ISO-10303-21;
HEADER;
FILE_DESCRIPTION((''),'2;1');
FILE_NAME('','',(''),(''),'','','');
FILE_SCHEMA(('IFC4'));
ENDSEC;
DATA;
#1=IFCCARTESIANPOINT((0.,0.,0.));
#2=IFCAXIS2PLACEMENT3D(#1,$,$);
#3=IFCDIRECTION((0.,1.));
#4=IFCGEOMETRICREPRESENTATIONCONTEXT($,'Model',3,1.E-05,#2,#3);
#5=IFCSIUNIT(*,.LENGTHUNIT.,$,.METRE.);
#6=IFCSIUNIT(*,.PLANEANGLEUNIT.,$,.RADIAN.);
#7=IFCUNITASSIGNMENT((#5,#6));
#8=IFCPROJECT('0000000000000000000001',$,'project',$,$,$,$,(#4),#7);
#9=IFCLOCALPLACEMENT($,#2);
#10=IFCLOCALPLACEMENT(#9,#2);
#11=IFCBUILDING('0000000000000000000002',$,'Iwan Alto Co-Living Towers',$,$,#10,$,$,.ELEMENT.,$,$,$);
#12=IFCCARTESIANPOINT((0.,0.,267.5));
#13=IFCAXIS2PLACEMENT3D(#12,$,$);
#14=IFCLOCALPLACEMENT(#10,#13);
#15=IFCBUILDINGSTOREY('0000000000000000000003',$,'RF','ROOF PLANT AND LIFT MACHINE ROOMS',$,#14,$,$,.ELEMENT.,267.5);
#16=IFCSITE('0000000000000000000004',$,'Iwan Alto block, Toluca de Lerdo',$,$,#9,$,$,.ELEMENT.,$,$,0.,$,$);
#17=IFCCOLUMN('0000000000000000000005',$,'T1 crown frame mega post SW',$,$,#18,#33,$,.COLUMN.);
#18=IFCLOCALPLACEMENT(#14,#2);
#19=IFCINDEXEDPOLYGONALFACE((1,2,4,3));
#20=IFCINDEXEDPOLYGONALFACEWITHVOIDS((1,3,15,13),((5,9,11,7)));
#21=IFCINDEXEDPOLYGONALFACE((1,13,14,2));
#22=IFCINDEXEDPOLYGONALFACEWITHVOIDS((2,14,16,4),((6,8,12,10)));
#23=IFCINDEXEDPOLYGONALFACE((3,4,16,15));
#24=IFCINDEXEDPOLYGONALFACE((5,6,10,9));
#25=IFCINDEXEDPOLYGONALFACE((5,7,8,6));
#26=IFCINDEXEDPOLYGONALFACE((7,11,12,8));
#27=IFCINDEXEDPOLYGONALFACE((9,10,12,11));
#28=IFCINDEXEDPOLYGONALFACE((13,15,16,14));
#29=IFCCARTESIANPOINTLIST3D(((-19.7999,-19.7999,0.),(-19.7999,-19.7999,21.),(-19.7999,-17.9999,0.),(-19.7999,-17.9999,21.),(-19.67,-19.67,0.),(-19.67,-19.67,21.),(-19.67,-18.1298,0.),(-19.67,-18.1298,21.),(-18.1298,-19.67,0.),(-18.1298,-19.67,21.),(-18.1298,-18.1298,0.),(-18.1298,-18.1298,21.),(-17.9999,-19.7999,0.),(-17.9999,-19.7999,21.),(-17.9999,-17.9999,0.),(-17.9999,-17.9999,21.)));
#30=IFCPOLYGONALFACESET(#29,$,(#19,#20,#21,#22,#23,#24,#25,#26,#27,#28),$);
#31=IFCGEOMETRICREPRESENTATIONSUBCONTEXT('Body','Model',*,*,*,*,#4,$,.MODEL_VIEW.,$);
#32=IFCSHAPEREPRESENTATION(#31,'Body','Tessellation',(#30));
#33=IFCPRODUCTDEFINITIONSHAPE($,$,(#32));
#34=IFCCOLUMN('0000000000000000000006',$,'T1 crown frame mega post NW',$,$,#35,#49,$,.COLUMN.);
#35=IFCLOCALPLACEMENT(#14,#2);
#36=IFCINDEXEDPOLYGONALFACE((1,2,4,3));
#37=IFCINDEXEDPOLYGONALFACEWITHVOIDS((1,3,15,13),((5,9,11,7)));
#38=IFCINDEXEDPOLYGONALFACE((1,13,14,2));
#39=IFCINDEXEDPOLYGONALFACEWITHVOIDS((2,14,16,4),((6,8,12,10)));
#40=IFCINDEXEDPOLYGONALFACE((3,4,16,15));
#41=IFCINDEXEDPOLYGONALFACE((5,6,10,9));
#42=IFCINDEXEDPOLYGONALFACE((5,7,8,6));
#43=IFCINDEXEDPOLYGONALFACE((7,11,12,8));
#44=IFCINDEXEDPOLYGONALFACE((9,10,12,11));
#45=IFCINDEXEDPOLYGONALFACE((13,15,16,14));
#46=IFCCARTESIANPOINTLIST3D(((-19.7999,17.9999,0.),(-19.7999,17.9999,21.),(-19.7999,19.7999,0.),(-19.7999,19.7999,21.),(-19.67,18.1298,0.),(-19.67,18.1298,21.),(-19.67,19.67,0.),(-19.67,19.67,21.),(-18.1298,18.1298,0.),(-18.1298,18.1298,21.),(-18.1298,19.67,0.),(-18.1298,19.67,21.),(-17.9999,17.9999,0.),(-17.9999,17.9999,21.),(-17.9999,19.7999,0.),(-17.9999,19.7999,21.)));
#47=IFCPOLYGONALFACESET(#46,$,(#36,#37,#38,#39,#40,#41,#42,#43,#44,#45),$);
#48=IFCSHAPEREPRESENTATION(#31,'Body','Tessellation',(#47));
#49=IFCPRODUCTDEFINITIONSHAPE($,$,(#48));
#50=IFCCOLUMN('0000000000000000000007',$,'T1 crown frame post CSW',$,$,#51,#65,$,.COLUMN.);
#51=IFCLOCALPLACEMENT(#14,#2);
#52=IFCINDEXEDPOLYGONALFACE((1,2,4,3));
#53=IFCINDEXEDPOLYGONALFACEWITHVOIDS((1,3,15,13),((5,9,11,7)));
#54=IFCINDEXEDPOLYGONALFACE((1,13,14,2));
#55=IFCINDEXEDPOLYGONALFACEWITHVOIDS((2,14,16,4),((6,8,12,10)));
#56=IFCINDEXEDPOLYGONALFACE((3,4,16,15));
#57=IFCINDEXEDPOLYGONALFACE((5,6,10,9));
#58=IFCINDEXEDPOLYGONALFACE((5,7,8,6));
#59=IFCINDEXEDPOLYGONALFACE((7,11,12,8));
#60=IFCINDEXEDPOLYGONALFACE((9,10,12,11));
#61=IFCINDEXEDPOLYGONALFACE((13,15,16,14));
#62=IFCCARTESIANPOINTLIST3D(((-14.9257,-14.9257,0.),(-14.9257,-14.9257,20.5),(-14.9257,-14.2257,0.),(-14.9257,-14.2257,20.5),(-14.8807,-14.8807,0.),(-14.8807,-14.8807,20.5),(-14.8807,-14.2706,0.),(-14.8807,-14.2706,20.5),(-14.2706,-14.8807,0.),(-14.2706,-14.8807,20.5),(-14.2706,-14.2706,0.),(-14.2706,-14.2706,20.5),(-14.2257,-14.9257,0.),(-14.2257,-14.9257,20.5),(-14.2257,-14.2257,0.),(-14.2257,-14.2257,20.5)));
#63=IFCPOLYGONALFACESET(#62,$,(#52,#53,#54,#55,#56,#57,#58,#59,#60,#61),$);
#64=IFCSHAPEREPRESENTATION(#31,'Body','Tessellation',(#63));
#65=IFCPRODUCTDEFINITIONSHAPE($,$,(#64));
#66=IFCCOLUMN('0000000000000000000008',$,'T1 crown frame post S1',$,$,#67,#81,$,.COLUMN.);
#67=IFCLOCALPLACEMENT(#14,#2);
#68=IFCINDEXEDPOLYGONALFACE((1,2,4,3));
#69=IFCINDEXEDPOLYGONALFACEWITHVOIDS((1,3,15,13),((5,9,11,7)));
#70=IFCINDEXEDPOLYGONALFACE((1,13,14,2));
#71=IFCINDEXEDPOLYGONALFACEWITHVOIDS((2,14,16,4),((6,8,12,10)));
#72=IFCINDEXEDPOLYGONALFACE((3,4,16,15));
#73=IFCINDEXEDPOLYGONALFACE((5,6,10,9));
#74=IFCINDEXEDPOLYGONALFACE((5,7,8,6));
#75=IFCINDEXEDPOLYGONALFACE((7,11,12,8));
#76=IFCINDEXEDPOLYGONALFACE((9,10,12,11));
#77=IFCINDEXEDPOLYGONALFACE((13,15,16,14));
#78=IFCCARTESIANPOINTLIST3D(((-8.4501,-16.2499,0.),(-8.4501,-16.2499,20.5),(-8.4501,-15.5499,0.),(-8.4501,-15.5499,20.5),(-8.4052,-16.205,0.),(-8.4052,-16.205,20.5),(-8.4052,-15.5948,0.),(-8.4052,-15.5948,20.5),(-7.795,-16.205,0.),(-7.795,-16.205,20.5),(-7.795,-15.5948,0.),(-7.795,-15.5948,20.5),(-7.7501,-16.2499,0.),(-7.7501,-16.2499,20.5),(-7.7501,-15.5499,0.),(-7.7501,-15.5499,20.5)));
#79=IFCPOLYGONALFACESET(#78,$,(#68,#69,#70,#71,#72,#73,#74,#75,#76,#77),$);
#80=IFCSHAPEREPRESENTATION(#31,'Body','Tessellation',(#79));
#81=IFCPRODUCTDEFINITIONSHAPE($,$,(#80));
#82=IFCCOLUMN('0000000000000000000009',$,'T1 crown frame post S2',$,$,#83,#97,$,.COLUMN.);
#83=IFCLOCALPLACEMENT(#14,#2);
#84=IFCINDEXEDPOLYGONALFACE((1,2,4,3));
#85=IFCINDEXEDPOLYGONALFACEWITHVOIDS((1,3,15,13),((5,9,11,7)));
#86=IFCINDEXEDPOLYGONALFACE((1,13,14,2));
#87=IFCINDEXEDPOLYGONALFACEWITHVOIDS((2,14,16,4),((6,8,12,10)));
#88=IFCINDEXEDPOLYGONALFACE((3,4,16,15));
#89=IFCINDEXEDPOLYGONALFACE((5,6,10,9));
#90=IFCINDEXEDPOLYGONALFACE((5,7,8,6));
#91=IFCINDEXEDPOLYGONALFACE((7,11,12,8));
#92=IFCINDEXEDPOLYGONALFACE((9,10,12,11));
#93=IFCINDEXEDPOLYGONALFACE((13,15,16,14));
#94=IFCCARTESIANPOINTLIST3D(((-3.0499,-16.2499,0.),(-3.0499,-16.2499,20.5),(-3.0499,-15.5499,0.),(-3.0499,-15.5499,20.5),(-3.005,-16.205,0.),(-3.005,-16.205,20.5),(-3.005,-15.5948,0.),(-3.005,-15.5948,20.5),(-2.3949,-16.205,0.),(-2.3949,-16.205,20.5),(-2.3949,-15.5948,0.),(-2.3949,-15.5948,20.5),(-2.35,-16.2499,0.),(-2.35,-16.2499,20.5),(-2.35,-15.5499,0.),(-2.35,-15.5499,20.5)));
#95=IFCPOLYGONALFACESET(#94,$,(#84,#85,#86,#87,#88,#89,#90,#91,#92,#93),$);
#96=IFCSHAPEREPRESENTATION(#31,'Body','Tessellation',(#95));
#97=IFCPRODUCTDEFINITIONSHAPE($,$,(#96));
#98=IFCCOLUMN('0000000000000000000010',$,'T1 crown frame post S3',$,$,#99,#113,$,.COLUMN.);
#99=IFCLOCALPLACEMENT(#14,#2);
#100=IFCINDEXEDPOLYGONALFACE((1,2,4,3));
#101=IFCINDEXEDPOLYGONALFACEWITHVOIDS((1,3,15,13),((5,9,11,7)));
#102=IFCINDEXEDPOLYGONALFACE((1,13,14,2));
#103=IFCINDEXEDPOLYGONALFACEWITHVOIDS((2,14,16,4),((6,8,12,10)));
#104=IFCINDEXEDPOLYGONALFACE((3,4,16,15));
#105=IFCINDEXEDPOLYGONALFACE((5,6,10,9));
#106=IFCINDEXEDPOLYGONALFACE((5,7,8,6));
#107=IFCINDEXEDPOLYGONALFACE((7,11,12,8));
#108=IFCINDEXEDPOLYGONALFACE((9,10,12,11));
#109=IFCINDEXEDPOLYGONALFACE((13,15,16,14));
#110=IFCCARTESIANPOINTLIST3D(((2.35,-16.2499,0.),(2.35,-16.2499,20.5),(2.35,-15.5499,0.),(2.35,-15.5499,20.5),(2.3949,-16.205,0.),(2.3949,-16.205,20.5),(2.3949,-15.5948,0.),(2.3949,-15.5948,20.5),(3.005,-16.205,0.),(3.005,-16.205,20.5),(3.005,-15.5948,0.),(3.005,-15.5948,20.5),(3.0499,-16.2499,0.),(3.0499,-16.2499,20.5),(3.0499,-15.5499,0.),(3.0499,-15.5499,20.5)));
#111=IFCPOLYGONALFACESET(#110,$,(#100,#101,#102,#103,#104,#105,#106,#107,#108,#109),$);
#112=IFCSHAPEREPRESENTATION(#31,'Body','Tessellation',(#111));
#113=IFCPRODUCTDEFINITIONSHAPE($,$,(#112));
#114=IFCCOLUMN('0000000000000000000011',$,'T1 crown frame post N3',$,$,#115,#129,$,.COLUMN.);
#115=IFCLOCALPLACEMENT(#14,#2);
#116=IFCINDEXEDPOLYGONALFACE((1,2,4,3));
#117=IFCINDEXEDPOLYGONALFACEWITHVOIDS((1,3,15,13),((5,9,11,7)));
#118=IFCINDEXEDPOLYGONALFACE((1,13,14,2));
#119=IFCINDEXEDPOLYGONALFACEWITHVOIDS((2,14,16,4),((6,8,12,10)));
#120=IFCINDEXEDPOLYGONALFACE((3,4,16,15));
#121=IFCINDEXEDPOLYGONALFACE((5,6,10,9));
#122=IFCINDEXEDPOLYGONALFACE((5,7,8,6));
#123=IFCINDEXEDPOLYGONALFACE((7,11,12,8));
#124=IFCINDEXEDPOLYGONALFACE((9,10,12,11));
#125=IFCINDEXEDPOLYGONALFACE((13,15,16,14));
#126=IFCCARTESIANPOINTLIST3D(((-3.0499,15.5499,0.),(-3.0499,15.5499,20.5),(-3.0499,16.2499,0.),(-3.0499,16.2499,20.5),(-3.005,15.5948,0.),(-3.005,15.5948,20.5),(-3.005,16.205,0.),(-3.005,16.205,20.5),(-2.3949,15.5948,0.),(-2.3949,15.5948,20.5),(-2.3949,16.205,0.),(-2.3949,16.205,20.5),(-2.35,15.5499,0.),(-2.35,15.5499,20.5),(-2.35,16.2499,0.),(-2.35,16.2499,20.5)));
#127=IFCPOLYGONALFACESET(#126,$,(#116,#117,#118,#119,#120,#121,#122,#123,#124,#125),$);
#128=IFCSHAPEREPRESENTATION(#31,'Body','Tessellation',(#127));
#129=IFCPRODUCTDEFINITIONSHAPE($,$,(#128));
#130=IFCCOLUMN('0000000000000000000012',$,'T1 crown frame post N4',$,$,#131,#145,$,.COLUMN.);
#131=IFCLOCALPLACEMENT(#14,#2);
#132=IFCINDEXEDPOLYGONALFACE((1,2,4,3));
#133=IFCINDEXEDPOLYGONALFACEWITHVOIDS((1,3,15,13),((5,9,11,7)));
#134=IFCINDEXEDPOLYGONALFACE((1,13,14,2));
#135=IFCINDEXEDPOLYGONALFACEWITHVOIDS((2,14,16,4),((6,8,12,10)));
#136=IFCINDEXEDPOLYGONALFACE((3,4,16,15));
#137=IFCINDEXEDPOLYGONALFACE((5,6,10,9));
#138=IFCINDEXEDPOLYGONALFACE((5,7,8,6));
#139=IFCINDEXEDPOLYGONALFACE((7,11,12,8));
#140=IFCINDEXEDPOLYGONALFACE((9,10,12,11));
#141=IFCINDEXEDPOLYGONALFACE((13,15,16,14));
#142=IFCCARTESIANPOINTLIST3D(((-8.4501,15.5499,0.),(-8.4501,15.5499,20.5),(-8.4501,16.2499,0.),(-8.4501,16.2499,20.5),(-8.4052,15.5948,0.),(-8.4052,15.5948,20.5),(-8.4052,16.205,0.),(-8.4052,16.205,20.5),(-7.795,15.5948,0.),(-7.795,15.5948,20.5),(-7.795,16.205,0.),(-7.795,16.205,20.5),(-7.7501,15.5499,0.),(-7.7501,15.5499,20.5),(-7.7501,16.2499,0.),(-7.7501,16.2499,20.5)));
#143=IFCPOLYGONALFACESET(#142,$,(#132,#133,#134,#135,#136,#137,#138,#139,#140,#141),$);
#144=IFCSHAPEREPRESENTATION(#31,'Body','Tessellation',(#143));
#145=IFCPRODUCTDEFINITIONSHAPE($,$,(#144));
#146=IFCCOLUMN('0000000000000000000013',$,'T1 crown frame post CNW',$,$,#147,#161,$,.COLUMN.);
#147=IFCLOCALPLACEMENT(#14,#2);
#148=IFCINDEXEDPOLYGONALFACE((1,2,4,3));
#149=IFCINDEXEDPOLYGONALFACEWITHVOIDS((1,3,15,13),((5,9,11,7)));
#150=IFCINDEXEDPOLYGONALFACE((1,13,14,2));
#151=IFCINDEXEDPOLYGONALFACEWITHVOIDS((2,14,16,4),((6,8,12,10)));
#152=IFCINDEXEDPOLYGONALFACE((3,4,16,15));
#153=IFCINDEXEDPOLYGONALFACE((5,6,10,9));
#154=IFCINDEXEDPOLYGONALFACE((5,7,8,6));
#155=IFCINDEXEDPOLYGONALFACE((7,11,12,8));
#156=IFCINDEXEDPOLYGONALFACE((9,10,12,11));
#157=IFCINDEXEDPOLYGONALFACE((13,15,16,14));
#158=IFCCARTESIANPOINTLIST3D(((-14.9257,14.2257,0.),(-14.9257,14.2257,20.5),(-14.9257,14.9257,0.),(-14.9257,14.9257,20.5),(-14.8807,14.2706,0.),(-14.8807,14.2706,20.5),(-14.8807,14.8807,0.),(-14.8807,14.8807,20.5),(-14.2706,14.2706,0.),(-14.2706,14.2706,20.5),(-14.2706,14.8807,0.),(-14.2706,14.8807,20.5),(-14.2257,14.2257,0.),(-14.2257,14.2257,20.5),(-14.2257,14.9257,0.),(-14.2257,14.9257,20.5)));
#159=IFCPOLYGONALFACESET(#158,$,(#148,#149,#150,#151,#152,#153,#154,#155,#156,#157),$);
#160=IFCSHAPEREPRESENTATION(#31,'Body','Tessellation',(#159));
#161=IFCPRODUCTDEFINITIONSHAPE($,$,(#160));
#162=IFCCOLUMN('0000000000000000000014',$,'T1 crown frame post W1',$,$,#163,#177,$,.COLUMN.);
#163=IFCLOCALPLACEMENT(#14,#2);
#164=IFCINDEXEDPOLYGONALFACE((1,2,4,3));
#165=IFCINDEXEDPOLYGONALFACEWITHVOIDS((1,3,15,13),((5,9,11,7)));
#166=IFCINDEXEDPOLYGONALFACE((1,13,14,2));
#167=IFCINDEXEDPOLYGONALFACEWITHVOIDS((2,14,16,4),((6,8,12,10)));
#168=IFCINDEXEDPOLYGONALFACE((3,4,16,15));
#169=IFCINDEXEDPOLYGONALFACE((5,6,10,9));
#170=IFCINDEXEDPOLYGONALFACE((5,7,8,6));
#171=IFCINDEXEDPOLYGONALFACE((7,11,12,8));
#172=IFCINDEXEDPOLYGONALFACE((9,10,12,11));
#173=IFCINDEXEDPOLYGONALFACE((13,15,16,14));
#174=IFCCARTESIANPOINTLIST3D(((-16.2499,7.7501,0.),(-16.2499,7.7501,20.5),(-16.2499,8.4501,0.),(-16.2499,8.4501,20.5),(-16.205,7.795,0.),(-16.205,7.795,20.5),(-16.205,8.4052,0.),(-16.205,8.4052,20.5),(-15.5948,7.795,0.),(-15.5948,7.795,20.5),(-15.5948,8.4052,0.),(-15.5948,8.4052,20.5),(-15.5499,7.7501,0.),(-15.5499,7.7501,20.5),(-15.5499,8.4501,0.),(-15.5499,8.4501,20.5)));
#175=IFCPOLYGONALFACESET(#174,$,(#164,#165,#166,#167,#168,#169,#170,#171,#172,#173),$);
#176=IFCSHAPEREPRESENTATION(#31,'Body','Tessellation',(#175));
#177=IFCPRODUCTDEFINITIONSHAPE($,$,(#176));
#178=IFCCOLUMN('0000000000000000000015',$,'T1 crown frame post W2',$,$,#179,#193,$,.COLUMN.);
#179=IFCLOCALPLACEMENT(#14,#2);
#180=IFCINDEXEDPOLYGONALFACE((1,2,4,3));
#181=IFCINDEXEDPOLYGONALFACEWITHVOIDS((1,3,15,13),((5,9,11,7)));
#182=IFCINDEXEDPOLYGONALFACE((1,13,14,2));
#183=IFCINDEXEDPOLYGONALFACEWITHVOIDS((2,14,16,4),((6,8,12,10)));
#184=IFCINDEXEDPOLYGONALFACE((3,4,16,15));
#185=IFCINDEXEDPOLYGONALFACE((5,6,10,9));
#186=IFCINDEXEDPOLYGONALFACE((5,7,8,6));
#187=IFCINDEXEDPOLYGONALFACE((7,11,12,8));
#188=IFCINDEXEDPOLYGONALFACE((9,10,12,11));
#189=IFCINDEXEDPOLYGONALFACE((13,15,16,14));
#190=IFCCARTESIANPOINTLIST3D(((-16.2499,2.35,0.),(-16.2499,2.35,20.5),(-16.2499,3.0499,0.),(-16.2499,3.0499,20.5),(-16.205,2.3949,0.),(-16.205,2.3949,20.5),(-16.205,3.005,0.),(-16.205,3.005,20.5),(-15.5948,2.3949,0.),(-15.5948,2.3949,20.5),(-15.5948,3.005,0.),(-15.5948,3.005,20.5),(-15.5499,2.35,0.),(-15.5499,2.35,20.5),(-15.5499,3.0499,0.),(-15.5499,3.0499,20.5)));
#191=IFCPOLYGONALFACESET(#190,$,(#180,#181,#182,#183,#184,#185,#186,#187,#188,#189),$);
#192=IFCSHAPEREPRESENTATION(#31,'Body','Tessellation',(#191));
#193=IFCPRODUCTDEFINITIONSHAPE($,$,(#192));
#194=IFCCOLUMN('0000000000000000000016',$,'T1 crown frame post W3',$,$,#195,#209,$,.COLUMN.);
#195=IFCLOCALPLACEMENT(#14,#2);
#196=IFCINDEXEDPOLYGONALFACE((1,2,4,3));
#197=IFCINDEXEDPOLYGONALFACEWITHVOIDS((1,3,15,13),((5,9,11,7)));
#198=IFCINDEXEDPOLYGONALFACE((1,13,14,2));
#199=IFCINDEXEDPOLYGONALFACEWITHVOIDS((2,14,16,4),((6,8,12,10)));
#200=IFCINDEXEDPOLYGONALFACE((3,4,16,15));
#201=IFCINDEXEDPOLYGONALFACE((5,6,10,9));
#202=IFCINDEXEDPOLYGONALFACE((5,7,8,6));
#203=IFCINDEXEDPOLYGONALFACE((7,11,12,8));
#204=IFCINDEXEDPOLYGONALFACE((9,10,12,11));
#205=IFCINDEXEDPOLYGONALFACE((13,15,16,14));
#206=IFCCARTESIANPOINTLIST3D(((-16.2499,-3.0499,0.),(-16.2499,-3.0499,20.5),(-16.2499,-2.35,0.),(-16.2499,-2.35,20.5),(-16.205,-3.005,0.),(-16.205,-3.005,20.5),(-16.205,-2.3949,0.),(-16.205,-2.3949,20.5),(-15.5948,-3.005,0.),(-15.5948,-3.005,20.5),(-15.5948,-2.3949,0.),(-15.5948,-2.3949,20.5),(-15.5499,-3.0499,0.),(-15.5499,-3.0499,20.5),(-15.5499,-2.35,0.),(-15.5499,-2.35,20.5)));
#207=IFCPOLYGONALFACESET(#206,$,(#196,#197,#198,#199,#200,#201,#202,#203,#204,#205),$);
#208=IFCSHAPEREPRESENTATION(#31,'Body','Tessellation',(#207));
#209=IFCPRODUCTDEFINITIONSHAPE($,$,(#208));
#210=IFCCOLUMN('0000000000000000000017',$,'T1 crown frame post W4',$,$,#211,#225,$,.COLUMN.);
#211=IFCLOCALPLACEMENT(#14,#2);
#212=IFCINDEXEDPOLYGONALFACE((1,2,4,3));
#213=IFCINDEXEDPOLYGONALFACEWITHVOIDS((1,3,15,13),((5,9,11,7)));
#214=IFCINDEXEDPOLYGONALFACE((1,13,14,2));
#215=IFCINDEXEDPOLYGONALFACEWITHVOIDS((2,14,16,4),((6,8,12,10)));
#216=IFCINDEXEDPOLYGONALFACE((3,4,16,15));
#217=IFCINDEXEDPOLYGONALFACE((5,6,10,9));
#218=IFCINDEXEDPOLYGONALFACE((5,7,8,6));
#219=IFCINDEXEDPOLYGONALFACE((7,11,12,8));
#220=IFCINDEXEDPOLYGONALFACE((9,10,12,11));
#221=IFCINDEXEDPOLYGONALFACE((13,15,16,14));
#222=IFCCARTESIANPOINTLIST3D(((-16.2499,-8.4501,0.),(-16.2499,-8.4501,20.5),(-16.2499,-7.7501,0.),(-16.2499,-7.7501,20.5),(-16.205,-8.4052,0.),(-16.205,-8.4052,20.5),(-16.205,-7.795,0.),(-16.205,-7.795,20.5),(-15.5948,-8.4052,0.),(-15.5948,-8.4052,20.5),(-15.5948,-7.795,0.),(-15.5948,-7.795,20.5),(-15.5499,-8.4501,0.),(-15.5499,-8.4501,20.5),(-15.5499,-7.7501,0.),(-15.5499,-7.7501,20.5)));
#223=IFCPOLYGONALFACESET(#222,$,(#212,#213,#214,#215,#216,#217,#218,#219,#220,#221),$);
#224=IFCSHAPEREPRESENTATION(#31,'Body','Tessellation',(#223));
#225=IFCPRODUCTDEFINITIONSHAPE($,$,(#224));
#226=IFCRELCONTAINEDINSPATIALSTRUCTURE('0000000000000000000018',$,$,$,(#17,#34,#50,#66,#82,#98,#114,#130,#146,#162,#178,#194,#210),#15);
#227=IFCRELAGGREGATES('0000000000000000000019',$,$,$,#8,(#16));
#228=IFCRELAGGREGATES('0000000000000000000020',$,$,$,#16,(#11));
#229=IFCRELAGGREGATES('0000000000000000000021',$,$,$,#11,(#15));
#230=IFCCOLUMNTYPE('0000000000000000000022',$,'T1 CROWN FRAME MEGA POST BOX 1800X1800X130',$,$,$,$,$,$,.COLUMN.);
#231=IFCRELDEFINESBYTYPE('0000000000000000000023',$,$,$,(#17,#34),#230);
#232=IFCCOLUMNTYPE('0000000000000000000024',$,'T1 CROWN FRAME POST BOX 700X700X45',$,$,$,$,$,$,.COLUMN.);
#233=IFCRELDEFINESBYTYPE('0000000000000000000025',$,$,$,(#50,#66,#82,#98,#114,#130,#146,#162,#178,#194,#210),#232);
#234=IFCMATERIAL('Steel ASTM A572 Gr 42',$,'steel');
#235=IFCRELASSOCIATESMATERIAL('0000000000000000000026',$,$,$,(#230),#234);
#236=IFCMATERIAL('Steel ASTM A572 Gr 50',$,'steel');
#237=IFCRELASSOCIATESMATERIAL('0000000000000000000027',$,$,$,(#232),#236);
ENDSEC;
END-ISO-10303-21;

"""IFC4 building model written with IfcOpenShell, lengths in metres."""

from ifc_helpers import new_model, si_unit, direction, frame, origin, origin_2d, place, context, subcontext, project, spatial, hollow_rectangle, extrude, material, material_profile, profile_set, type_object, element, save


model = new_model("IFC4")

# Units and contexts
model_context = context("Model", 3, precision=1e-05, world=origin(), true_north=direction((0.0, 1.0)))
body_context = subcontext(model_context, "Body", "Model", "MODEL_VIEW")
ifc_project = project(units=[si_unit("LENGTHUNIT", "METRE"), si_unit("PLANEANGLEUNIT", "RADIAN")], contexts=[model_context])

# Site, building, storey
site_placement = place(None, origin())
site = spatial("IfcSite", under=ifc_project, at=site_placement, Name="Iwan Alto block, Toluca de Lerdo", CompositionType="ELEMENT", RefElevation=0.0)
building_placement = place(site_placement, origin())
building = spatial("IfcBuilding", under=site, at=building_placement, Name="Iwan Alto Co-Living Towers", CompositionType="ELEMENT")
storey_placement = place(building_placement, frame((0.0, 0.0, 267.5)))
storey = spatial("IfcBuildingStorey", under=building, at=storey_placement, Name="RF", Description="ROOF PLANT AND LIFT MACHINE ROOMS", CompositionType="ELEMENT", Elevation=267.5)

# Columns
ifc_material_1 = material(Name="Steel ASTM A572 Gr 42", Category="steel")
ifc_material_profile_1 = material_profile(ifc_material_1, hollow_rectangle(XDim=1.8, YDim=1.8, WallThickness=0.1299, at=origin_2d()), Name="BOX 1800X1800X130")
ifc_profile_set_1 = profile_set([ifc_material_profile_1], Name="Steel ASTM A572 Gr 42")
column_type_1 = type_object("IfcColumnType", Name="T1 CROWN FRAME MEGA POST BOX 1800X1800X130", PredefinedType="COLUMN", material=ifc_profile_set_1)
for number, where, z_axis, x_axis, name in (
    (1, (-18.8999, -18.8999, 0.0), (0.0, 0.0, 1.0), (1.0, 0.0, 0.0), "T1 crown frame mega post SW"),
    (2, (-18.8999, 18.8999, 0.0), (0.0, 0.0, 1.0), (1.0, 0.0, 0.0), "T1 crown frame mega post NW"),
):
    element("IfcColumn", number, at=place(storey_placement, frame(where, z_axis=z_axis, x_axis=x_axis)), inside=storey, type_object=column_type_1, Name=name, PredefinedType="COLUMN", context=body_context, shape_type="SweptSolid", body=[
        extrude(hollow_rectangle(XDim=1.8, YDim=1.8, WallThickness=0.1299, at=origin_2d()), origin(), (0.0, 0.0, 1.0), 21.0),
    ])
ifc_material_2 = material(Name="Steel ASTM A572 Gr 50", Category="steel")
ifc_material_profile_2 = material_profile(ifc_material_2, hollow_rectangle(XDim=0.7, YDim=0.7, WallThickness=0.0449, at=origin_2d()), Name="BOX 700X700X45")
ifc_profile_set_2 = profile_set([ifc_material_profile_2], Name="Steel ASTM A572 Gr 50")
column_type_2 = type_object("IfcColumnType", Name="T1 CROWN FRAME POST BOX 700X700X45", PredefinedType="COLUMN", material=ifc_profile_set_2)
for number, where, z_axis, x_axis, name in (
    (3, (-14.5757, -14.5757, 0.0), (0.0, 0.0, 1.0), (1.0, 0.0, 0.0), "T1 crown frame post CSW"),
    (4, (-8.1001, -15.8999, 0.0), (0.0, 0.0, 1.0), (1.0, 0.0, 0.0), "T1 crown frame post S1"),
    (5, (-2.7, -15.8999, 0.0), (0.0, 0.0, 1.0), (1.0, 0.0, 0.0), "T1 crown frame post S2"),
    (6, (2.7, -15.8999, 0.0), (0.0, 0.0, 1.0), (1.0, 0.0, 0.0), "T1 crown frame post S3"),
    (7, (-2.7, 15.8999, 0.0), (0.0, 0.0, 1.0), (1.0, 0.0, 0.0), "T1 crown frame post N3"),
    (8, (-8.1001, 15.8999, 0.0), (0.0, 0.0, 1.0), (1.0, 0.0, 0.0), "T1 crown frame post N4"),
    (9, (-14.5757, 14.5757, 0.0), (0.0, 0.0, 1.0), (1.0, 0.0, 0.0), "T1 crown frame post CNW"),
    (10, (-15.8999, 8.1001, 0.0), (0.0, 0.0, 1.0), (1.0, 0.0, 0.0), "T1 crown frame post W1"),
    (11, (-15.8999, 2.7, 0.0), (0.0, 0.0, 1.0), (1.0, 0.0, 0.0), "T1 crown frame post W2"),
    (12, (-15.8999, -2.7, 0.0), (0.0, 0.0, 1.0), (1.0, 0.0, 0.0), "T1 crown frame post W3"),
    (13, (-15.8999, -8.1001, 0.0), (0.0, 0.0, 1.0), (1.0, 0.0, 0.0), "T1 crown frame post W4"),
):
    element("IfcColumn", number, at=place(storey_placement, frame(where, z_axis=z_axis, x_axis=x_axis)), inside=storey, type_object=column_type_2, Name=name, PredefinedType="COLUMN", context=body_context, shape_type="SweptSolid", body=[
        extrude(hollow_rectangle(XDim=0.7, YDim=0.7, WallThickness=0.0449, at=origin_2d()), origin(), (0.0, 0.0, 1.0), 20.5),
    ])

save(model, "model.ifc")
